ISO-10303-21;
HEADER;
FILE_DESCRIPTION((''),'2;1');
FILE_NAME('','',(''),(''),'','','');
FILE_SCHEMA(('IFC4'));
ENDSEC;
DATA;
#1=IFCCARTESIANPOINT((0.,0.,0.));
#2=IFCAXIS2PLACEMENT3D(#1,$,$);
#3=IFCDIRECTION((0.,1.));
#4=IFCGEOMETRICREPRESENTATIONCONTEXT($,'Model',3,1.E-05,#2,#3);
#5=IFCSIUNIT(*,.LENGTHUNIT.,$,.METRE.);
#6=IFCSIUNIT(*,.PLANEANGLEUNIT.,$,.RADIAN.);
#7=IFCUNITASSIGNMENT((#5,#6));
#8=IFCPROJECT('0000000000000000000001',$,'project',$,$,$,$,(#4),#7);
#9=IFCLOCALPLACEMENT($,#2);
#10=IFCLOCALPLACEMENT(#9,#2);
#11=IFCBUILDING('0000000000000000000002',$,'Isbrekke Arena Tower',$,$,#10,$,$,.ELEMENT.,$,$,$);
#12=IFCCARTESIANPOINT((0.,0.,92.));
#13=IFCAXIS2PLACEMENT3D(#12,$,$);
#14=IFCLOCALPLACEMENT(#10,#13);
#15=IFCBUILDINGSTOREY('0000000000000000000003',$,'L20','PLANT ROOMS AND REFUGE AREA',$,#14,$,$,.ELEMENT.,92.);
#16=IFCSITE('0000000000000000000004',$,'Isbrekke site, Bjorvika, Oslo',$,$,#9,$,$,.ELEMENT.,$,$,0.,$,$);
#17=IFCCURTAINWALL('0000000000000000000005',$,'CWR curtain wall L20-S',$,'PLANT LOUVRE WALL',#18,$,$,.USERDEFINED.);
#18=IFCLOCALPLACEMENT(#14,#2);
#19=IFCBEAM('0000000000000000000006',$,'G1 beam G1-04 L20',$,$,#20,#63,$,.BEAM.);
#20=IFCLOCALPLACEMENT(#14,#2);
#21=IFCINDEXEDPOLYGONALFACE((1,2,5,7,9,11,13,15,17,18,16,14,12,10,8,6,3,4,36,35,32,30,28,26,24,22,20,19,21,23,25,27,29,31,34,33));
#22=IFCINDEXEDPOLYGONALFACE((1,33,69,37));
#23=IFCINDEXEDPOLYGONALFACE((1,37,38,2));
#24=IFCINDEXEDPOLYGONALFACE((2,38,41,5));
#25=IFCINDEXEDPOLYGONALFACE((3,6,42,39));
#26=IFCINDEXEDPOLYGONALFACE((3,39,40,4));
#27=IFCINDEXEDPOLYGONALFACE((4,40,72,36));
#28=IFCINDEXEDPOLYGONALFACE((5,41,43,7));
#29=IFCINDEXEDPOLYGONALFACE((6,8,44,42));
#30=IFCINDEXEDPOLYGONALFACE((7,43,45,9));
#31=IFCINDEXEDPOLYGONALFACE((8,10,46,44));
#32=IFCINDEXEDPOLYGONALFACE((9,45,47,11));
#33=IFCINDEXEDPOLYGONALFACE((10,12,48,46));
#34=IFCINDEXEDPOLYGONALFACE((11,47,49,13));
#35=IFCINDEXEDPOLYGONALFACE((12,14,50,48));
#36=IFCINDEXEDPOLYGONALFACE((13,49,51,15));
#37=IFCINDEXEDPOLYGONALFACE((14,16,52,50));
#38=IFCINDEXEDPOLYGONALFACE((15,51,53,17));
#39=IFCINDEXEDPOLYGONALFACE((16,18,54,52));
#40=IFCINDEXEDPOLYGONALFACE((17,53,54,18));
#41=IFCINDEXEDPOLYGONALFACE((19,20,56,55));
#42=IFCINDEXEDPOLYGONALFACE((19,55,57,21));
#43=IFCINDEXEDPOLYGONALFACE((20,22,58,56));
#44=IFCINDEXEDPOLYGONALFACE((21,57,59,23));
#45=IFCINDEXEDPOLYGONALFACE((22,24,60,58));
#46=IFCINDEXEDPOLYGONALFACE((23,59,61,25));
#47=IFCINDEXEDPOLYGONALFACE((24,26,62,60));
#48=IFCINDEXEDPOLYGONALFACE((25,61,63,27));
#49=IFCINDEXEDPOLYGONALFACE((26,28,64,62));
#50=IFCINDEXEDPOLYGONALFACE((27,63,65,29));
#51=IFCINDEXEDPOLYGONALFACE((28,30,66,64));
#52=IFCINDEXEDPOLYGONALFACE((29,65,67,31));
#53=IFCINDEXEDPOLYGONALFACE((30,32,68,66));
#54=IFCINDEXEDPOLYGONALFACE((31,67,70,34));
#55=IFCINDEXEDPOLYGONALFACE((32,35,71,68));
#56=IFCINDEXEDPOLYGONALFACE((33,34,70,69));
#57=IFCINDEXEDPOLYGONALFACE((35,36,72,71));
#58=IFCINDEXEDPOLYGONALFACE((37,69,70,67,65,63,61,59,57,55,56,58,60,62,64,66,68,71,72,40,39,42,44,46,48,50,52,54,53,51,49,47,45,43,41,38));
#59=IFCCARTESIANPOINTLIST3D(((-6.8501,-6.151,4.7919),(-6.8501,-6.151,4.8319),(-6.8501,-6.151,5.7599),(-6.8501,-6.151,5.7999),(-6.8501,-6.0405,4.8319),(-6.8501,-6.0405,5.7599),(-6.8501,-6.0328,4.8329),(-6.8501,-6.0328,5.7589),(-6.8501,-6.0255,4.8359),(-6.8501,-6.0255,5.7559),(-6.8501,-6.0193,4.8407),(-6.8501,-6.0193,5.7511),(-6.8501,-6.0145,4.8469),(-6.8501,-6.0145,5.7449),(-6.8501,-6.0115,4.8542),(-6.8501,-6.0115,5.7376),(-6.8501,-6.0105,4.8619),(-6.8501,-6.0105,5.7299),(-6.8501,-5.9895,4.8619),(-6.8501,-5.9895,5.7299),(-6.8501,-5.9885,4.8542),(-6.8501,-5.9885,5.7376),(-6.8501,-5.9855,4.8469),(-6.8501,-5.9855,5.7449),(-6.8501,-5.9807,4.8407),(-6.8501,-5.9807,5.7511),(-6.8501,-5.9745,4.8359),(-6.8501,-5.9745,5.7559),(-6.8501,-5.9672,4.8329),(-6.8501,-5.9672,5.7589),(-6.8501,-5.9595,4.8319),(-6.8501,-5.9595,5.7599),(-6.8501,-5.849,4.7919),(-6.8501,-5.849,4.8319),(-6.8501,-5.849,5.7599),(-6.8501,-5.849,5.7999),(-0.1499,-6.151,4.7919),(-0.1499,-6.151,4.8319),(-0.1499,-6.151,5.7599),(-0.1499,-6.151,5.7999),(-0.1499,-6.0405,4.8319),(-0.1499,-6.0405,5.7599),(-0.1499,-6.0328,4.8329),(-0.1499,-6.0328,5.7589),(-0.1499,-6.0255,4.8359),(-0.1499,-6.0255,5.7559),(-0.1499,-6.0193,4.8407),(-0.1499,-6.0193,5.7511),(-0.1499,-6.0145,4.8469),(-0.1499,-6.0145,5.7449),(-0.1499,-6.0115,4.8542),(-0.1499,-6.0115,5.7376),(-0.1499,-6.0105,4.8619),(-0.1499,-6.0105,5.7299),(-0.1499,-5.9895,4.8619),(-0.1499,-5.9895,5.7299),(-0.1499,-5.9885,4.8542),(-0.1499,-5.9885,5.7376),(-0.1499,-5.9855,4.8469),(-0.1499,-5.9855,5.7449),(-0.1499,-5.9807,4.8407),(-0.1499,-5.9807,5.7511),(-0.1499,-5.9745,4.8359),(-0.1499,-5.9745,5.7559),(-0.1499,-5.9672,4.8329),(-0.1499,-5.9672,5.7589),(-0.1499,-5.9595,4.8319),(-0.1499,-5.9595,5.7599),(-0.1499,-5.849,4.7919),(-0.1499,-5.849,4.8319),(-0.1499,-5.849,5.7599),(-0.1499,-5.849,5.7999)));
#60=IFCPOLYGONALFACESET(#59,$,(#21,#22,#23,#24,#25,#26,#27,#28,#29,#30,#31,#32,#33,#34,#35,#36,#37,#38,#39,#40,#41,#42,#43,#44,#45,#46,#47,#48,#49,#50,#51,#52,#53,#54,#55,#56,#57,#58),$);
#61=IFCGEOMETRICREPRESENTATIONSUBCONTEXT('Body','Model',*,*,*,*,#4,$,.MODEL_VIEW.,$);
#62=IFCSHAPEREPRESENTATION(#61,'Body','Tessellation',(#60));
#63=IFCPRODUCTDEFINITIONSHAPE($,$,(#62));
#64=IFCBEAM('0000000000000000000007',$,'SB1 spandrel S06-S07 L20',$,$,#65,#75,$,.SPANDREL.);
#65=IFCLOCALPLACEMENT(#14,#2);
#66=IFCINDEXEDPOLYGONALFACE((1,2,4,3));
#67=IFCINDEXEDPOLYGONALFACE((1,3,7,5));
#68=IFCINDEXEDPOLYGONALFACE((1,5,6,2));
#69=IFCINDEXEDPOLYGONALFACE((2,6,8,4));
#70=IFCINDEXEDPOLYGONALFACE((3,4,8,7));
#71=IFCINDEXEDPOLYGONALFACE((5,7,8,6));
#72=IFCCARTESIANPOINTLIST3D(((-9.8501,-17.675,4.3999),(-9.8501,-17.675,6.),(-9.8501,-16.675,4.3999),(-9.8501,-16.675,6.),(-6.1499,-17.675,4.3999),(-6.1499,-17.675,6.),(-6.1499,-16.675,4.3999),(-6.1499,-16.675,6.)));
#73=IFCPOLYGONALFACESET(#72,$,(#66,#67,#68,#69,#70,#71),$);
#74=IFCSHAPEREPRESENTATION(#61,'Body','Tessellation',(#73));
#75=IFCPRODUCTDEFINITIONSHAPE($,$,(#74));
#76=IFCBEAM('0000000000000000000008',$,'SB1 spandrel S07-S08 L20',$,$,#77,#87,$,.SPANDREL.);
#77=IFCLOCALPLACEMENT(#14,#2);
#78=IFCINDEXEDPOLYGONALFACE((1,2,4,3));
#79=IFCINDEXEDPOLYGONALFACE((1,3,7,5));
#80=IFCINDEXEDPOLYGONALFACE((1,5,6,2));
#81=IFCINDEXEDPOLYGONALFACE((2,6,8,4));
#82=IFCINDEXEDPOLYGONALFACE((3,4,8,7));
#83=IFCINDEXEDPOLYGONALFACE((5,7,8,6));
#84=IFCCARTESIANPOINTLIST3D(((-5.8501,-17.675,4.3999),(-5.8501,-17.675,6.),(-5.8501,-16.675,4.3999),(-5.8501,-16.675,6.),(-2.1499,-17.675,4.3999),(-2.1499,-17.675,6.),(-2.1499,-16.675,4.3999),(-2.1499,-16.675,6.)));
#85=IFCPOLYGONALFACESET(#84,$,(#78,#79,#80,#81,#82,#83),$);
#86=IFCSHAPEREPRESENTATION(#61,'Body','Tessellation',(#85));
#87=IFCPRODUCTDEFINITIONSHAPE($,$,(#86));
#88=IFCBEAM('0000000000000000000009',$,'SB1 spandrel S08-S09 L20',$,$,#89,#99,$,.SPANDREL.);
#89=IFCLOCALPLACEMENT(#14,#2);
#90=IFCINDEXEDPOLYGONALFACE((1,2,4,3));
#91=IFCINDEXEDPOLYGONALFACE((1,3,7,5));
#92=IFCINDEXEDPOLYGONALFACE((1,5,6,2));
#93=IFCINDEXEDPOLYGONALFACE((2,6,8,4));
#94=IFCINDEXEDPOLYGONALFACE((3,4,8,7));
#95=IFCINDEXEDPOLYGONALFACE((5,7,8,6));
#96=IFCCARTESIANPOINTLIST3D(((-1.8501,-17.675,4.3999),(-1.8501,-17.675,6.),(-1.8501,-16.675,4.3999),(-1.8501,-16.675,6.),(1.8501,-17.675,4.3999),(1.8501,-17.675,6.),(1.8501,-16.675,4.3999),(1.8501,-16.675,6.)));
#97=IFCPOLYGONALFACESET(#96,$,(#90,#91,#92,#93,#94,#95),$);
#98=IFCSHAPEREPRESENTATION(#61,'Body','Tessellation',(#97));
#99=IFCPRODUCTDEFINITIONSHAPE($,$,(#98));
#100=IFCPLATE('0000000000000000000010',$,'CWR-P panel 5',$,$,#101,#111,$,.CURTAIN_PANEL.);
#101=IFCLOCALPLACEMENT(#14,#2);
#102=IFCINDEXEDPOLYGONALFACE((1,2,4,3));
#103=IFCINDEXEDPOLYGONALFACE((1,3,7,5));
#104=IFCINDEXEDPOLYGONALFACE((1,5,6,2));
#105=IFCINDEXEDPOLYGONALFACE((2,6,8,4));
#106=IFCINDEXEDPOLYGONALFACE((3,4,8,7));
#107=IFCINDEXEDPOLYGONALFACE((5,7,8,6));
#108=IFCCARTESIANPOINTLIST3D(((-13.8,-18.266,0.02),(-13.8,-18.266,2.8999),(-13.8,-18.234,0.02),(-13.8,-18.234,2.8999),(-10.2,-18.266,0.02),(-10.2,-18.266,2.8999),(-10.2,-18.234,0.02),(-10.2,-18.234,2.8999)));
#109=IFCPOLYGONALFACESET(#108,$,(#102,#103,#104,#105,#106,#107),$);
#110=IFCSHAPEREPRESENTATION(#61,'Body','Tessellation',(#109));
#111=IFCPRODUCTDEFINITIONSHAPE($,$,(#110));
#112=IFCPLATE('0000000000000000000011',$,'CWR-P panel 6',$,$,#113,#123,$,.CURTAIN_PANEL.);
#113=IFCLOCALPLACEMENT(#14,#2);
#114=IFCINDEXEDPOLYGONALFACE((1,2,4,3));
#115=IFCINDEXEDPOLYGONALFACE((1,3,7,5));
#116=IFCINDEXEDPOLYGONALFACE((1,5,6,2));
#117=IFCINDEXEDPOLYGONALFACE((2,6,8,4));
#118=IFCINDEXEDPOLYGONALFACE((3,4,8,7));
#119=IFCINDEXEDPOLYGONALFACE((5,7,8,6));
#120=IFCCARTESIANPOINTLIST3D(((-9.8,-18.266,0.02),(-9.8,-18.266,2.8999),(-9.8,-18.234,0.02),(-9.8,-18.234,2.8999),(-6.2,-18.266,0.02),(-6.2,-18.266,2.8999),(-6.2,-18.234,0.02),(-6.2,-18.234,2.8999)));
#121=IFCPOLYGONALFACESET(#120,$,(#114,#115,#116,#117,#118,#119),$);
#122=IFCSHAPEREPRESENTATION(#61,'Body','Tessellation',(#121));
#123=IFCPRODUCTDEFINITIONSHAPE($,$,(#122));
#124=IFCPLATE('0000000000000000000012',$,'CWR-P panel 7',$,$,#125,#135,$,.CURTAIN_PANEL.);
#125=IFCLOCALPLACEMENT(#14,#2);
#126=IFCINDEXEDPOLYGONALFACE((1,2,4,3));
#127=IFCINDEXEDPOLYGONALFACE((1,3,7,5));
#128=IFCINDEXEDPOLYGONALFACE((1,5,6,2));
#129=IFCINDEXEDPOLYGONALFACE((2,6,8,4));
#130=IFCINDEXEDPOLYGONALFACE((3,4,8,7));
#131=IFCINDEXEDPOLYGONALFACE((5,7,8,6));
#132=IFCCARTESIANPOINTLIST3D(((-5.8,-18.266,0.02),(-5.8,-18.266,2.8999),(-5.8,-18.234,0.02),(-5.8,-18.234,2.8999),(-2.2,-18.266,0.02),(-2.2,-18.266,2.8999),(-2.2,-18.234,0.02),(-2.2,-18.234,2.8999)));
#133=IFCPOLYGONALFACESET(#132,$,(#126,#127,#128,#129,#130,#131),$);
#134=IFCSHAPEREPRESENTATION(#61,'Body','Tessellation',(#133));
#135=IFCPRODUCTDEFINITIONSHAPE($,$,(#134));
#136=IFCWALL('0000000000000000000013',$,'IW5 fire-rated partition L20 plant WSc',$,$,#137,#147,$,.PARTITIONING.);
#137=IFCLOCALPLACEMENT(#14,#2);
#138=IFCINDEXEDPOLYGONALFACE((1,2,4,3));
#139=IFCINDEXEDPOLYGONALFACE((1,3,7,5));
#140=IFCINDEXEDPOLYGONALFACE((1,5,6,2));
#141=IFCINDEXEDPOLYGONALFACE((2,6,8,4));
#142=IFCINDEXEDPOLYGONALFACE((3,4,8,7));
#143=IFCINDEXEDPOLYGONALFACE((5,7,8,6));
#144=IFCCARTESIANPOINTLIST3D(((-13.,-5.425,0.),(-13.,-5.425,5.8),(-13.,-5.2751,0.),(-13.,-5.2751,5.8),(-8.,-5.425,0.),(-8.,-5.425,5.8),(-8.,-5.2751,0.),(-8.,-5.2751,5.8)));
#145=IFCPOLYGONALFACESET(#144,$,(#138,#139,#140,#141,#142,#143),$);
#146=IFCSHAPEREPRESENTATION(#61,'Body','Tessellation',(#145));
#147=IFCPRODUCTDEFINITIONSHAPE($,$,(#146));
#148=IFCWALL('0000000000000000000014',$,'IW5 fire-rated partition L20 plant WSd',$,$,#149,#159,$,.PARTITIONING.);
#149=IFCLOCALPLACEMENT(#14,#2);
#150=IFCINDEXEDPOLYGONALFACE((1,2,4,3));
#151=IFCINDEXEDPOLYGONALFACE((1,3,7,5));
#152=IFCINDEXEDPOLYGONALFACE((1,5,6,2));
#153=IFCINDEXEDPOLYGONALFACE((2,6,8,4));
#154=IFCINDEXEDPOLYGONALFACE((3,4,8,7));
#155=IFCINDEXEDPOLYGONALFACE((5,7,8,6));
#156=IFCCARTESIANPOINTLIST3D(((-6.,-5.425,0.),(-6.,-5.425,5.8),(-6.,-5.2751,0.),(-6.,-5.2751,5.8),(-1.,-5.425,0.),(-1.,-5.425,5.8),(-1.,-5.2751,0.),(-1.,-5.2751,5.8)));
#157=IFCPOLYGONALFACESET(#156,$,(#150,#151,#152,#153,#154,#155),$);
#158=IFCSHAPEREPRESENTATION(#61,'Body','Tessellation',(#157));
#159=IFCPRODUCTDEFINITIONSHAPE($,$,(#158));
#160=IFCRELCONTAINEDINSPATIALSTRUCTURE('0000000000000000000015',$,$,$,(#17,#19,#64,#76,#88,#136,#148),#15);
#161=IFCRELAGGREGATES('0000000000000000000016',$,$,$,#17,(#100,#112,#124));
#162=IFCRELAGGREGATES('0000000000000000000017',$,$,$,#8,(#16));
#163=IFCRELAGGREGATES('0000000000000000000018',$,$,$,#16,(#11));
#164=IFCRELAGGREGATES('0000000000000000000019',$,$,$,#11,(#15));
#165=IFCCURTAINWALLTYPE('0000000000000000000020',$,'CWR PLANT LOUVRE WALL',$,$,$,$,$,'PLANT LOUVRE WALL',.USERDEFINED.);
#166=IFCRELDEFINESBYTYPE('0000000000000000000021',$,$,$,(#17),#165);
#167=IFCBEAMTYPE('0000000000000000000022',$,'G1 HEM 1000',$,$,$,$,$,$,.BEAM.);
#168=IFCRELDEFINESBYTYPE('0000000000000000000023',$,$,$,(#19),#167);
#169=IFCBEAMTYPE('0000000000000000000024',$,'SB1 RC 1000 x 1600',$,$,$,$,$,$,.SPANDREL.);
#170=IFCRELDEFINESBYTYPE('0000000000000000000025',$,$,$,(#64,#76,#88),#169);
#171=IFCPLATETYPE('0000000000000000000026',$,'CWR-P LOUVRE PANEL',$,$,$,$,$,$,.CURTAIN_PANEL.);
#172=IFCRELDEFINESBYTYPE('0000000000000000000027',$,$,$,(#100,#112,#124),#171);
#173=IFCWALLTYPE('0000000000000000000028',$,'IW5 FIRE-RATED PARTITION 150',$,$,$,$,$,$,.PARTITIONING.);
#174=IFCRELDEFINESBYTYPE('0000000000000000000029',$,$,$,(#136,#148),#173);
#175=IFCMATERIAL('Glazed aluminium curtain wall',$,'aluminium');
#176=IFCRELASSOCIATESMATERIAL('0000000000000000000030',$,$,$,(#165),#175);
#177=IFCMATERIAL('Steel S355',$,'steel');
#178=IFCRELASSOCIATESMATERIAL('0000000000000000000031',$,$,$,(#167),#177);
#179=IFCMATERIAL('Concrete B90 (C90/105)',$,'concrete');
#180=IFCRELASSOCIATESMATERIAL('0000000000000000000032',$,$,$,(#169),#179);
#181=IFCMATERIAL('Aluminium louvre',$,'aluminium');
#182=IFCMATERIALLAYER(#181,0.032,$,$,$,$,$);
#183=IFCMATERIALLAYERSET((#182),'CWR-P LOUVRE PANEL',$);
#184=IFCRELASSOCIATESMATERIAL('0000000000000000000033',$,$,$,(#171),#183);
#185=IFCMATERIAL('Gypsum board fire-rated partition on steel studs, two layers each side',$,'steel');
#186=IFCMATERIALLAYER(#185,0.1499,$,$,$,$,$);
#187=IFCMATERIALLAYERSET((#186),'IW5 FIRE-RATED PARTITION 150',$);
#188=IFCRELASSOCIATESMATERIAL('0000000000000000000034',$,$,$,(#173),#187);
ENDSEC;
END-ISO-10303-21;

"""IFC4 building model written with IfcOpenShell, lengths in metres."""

from ifc_helpers import new_model, si_unit, direction, frame, frame_2d, origin, origin_2d, place, context, subcontext, project, spatial, rectangle, i_section, extrude, material, layer, layer_set, material_profile, profile_set, type_object, element, aggregate, save


model = new_model("IFC4")

# Units and contexts
model_context = context("Model", 3, precision=1e-05, world=origin(), true_north=direction((0.0, 1.0)))
body_context = subcontext(model_context, "Body", "Model", "MODEL_VIEW")
ifc_project = project(units=[si_unit("LENGTHUNIT", "METRE"), si_unit("PLANEANGLEUNIT", "RADIAN")], contexts=[model_context])

# Site, building, storey
site_placement = place(None, origin())
site = spatial("IfcSite", under=ifc_project, at=site_placement, Name="Isbrekke site, Bjorvika, Oslo", CompositionType="ELEMENT", RefElevation=0.0)
building_placement = place(site_placement, origin())
building = spatial("IfcBuilding", under=site, at=building_placement, Name="Isbrekke Arena Tower", CompositionType="ELEMENT")
storey_placement = place(building_placement, frame((0.0, 0.0, 92.0)))
storey = spatial("IfcBuildingStorey", under=building, at=storey_placement, Name="L20", Description="PLANT ROOMS AND REFUGE AREA", CompositionType="ELEMENT", Elevation=92.0)

# Curtain wall
ifc_material_1 = material(Name="Glazed aluminium curtain wall", Category="aluminium")
curtain_wall_type = type_object("IfcCurtainWallType", Name="CWR PLANT LOUVRE WALL", ElementType="PLANT LOUVRE WALL", PredefinedType="USERDEFINED", material=ifc_material_1)
curtain_wall_placement = place(storey_placement, origin())
curtain_wall = element("IfcCurtainWall", 1, at=curtain_wall_placement, inside=storey, type_object=curtain_wall_type, Name="CWR curtain wall L20-S", ObjectType="PLANT LOUVRE WALL", PredefinedType="USERDEFINED")

# Beams
ifc_material_2 = material(Name="Steel S355", Category="steel")
ifc_material_profile_1 = material_profile(ifc_material_2, i_section(OverallWidth=0.302, OverallDepth=1.0081, WebThickness=0.021, FlangeThickness=0.04, FilletRadius=0.03, at=origin_2d()), Name="HEM 1000")
ifc_profile_set_1 = profile_set([ifc_material_profile_1], Name="Steel S355")
beam_type_1 = type_object("IfcBeamType", Name="G1 HEM 1000", PredefinedType="BEAM", material=ifc_profile_set_1)
beam_1_placement = place(storey_placement, frame((-6.8501, -6.0, 5.2959), z_axis=(1.0, 0.0, 0.0), x_axis=(0.0, 1.0, 0.0)))
element("IfcBeam", 2, at=beam_1_placement, inside=storey, type_object=beam_type_1, Name="G1 beam G1-04 L20", PredefinedType="BEAM", context=body_context, shape_type="SweptSolid", body=[
    extrude(i_section(OverallWidth=0.302, OverallDepth=1.0081, WebThickness=0.021, FlangeThickness=0.04, FilletRadius=0.03, at=origin_2d()), origin(), (0.0, 0.0, 1.0), 6.7002),
])
ifc_material_3 = material(Name="Concrete B90 (C90/105)", Category="concrete")
ifc_material_profile_2 = material_profile(ifc_material_3, rectangle(XDim=1.0, YDim=1.6001, at=origin_2d()), Name="RC 1000x1600")
ifc_profile_set_2 = profile_set([ifc_material_profile_2], Name="Concrete B90 (C90/105)")
beam_type_2 = type_object("IfcBeamType", Name="SB1 RC 1000 x 1600", PredefinedType="SPANDREL", material=ifc_profile_set_2)
for number, where, z_axis, x_axis, name in (
    (3, (-9.8501, -17.175, 5.2), (1.0, 0.0, 0.0), (0.0, 1.0, 0.0), "SB1 spandrel S06-S07 L20"),
    (4, (-5.8501, -17.175, 5.2), (1.0, 0.0, 0.0), (0.0, 1.0, 0.0), "SB1 spandrel S07-S08 L20"),
    (5, (-1.8501, -17.175, 5.2), (1.0, 0.0, 0.0), (0.0, 1.0, 0.0), "SB1 spandrel S08-S09 L20"),
):
    element("IfcBeam", number, at=place(storey_placement, frame(where, z_axis=z_axis, x_axis=x_axis)), inside=storey, type_object=beam_type_2, Name=name, PredefinedType="SPANDREL", context=body_context, shape_type="SweptSolid", body=[
        extrude(rectangle(XDim=1.0, YDim=1.6001, at=origin_2d()), origin(), (0.0, 0.0, 1.0), 3.7002),
    ])

# Plates
ifc_material_4 = material(Name="Aluminium louvre", Category="aluminium")
ifc_layer_1 = layer(ifc_material_4, 0.032)
ifc_layer_set_1 = layer_set([ifc_layer_1], Name="CWR-P LOUVRE PANEL")
plate_type = type_object("IfcPlateType", Name="CWR-P LOUVRE PANEL", PredefinedType="CURTAIN_PANEL", material=ifc_layer_set_1)
plate_1_placement = place(storey_placement, frame((-12.0, -18.25, 0.02), z_axis=(0.0, 0.0, 1.0), x_axis=(1.0, 0.0, 0.0)))
plate_1 = element("IfcPlate", 6, at=plate_1_placement, type_object=plate_type, Name="CWR-P panel 5", PredefinedType="CURTAIN_PANEL", context=body_context, shape_type="SweptSolid", body=[
    extrude(rectangle(XDim=3.6001, YDim=0.032, at=origin_2d()), origin(), (0.0, 0.0, 1.0), 2.8799),
])
plate_2_placement = place(storey_placement, frame((-8.0, -18.25, 0.02), z_axis=(0.0, 0.0, 1.0), x_axis=(1.0, 0.0, 0.0)))
plate_2 = element("IfcPlate", 7, at=plate_2_placement, type_object=plate_type, Name="CWR-P panel 6", PredefinedType="CURTAIN_PANEL", context=body_context, shape_type="SweptSolid", body=[
    extrude(rectangle(XDim=3.6001, YDim=0.032, at=origin_2d()), origin(), (0.0, 0.0, 1.0), 2.8799),
])
plate_3_placement = place(storey_placement, frame((-4.0, -18.25, 0.02), z_axis=(0.0, 0.0, 1.0), x_axis=(1.0, 0.0, 0.0)))
plate_3 = element("IfcPlate", 8, at=plate_3_placement, type_object=plate_type, Name="CWR-P panel 7", PredefinedType="CURTAIN_PANEL", context=body_context, shape_type="SweptSolid", body=[
    extrude(rectangle(XDim=3.6001, YDim=0.032, at=origin_2d()), origin(), (0.0, 0.0, 1.0), 2.8799),
])
aggregate(curtain_wall, [plate_1, plate_2, plate_3])

# Walls
ifc_material_5 = material(Name="Gypsum board fire-rated partition on steel studs, two layers each side", Category="steel")
ifc_layer_2 = layer(ifc_material_5, 0.1499)
ifc_layer_set_2 = layer_set([ifc_layer_2], Name="IW5 FIRE-RATED PARTITION 150")
wall_type = type_object("IfcWallType", Name="IW5 FIRE-RATED PARTITION 150", PredefinedType="PARTITIONING", material=ifc_layer_set_2)
for number, where, z_axis, x_axis, name in (
    (9, (-13.0, -5.3501, 0.0), (0.0, 0.0, 1.0), (1.0, 0.0, 0.0), "IW5 fire-rated partition L20 plant WSc"),
    (10, (-6.0, -5.3501, 0.0), (0.0, 0.0, 1.0), (1.0, 0.0, 0.0), "IW5 fire-rated partition L20 plant WSd"),
):
    element("IfcWall", number, at=place(storey_placement, frame(where, z_axis=z_axis, x_axis=x_axis)), inside=storey, type_object=wall_type, Name=name, PredefinedType="PARTITIONING", context=body_context, shape_type="SweptSolid", body=[
        extrude(rectangle(XDim=5.0, YDim=0.1499, at=frame_2d((2.5, 0.0))), origin(), (0.0, 0.0, 1.0), 5.8),
    ])

save(model, "model.ifc")
